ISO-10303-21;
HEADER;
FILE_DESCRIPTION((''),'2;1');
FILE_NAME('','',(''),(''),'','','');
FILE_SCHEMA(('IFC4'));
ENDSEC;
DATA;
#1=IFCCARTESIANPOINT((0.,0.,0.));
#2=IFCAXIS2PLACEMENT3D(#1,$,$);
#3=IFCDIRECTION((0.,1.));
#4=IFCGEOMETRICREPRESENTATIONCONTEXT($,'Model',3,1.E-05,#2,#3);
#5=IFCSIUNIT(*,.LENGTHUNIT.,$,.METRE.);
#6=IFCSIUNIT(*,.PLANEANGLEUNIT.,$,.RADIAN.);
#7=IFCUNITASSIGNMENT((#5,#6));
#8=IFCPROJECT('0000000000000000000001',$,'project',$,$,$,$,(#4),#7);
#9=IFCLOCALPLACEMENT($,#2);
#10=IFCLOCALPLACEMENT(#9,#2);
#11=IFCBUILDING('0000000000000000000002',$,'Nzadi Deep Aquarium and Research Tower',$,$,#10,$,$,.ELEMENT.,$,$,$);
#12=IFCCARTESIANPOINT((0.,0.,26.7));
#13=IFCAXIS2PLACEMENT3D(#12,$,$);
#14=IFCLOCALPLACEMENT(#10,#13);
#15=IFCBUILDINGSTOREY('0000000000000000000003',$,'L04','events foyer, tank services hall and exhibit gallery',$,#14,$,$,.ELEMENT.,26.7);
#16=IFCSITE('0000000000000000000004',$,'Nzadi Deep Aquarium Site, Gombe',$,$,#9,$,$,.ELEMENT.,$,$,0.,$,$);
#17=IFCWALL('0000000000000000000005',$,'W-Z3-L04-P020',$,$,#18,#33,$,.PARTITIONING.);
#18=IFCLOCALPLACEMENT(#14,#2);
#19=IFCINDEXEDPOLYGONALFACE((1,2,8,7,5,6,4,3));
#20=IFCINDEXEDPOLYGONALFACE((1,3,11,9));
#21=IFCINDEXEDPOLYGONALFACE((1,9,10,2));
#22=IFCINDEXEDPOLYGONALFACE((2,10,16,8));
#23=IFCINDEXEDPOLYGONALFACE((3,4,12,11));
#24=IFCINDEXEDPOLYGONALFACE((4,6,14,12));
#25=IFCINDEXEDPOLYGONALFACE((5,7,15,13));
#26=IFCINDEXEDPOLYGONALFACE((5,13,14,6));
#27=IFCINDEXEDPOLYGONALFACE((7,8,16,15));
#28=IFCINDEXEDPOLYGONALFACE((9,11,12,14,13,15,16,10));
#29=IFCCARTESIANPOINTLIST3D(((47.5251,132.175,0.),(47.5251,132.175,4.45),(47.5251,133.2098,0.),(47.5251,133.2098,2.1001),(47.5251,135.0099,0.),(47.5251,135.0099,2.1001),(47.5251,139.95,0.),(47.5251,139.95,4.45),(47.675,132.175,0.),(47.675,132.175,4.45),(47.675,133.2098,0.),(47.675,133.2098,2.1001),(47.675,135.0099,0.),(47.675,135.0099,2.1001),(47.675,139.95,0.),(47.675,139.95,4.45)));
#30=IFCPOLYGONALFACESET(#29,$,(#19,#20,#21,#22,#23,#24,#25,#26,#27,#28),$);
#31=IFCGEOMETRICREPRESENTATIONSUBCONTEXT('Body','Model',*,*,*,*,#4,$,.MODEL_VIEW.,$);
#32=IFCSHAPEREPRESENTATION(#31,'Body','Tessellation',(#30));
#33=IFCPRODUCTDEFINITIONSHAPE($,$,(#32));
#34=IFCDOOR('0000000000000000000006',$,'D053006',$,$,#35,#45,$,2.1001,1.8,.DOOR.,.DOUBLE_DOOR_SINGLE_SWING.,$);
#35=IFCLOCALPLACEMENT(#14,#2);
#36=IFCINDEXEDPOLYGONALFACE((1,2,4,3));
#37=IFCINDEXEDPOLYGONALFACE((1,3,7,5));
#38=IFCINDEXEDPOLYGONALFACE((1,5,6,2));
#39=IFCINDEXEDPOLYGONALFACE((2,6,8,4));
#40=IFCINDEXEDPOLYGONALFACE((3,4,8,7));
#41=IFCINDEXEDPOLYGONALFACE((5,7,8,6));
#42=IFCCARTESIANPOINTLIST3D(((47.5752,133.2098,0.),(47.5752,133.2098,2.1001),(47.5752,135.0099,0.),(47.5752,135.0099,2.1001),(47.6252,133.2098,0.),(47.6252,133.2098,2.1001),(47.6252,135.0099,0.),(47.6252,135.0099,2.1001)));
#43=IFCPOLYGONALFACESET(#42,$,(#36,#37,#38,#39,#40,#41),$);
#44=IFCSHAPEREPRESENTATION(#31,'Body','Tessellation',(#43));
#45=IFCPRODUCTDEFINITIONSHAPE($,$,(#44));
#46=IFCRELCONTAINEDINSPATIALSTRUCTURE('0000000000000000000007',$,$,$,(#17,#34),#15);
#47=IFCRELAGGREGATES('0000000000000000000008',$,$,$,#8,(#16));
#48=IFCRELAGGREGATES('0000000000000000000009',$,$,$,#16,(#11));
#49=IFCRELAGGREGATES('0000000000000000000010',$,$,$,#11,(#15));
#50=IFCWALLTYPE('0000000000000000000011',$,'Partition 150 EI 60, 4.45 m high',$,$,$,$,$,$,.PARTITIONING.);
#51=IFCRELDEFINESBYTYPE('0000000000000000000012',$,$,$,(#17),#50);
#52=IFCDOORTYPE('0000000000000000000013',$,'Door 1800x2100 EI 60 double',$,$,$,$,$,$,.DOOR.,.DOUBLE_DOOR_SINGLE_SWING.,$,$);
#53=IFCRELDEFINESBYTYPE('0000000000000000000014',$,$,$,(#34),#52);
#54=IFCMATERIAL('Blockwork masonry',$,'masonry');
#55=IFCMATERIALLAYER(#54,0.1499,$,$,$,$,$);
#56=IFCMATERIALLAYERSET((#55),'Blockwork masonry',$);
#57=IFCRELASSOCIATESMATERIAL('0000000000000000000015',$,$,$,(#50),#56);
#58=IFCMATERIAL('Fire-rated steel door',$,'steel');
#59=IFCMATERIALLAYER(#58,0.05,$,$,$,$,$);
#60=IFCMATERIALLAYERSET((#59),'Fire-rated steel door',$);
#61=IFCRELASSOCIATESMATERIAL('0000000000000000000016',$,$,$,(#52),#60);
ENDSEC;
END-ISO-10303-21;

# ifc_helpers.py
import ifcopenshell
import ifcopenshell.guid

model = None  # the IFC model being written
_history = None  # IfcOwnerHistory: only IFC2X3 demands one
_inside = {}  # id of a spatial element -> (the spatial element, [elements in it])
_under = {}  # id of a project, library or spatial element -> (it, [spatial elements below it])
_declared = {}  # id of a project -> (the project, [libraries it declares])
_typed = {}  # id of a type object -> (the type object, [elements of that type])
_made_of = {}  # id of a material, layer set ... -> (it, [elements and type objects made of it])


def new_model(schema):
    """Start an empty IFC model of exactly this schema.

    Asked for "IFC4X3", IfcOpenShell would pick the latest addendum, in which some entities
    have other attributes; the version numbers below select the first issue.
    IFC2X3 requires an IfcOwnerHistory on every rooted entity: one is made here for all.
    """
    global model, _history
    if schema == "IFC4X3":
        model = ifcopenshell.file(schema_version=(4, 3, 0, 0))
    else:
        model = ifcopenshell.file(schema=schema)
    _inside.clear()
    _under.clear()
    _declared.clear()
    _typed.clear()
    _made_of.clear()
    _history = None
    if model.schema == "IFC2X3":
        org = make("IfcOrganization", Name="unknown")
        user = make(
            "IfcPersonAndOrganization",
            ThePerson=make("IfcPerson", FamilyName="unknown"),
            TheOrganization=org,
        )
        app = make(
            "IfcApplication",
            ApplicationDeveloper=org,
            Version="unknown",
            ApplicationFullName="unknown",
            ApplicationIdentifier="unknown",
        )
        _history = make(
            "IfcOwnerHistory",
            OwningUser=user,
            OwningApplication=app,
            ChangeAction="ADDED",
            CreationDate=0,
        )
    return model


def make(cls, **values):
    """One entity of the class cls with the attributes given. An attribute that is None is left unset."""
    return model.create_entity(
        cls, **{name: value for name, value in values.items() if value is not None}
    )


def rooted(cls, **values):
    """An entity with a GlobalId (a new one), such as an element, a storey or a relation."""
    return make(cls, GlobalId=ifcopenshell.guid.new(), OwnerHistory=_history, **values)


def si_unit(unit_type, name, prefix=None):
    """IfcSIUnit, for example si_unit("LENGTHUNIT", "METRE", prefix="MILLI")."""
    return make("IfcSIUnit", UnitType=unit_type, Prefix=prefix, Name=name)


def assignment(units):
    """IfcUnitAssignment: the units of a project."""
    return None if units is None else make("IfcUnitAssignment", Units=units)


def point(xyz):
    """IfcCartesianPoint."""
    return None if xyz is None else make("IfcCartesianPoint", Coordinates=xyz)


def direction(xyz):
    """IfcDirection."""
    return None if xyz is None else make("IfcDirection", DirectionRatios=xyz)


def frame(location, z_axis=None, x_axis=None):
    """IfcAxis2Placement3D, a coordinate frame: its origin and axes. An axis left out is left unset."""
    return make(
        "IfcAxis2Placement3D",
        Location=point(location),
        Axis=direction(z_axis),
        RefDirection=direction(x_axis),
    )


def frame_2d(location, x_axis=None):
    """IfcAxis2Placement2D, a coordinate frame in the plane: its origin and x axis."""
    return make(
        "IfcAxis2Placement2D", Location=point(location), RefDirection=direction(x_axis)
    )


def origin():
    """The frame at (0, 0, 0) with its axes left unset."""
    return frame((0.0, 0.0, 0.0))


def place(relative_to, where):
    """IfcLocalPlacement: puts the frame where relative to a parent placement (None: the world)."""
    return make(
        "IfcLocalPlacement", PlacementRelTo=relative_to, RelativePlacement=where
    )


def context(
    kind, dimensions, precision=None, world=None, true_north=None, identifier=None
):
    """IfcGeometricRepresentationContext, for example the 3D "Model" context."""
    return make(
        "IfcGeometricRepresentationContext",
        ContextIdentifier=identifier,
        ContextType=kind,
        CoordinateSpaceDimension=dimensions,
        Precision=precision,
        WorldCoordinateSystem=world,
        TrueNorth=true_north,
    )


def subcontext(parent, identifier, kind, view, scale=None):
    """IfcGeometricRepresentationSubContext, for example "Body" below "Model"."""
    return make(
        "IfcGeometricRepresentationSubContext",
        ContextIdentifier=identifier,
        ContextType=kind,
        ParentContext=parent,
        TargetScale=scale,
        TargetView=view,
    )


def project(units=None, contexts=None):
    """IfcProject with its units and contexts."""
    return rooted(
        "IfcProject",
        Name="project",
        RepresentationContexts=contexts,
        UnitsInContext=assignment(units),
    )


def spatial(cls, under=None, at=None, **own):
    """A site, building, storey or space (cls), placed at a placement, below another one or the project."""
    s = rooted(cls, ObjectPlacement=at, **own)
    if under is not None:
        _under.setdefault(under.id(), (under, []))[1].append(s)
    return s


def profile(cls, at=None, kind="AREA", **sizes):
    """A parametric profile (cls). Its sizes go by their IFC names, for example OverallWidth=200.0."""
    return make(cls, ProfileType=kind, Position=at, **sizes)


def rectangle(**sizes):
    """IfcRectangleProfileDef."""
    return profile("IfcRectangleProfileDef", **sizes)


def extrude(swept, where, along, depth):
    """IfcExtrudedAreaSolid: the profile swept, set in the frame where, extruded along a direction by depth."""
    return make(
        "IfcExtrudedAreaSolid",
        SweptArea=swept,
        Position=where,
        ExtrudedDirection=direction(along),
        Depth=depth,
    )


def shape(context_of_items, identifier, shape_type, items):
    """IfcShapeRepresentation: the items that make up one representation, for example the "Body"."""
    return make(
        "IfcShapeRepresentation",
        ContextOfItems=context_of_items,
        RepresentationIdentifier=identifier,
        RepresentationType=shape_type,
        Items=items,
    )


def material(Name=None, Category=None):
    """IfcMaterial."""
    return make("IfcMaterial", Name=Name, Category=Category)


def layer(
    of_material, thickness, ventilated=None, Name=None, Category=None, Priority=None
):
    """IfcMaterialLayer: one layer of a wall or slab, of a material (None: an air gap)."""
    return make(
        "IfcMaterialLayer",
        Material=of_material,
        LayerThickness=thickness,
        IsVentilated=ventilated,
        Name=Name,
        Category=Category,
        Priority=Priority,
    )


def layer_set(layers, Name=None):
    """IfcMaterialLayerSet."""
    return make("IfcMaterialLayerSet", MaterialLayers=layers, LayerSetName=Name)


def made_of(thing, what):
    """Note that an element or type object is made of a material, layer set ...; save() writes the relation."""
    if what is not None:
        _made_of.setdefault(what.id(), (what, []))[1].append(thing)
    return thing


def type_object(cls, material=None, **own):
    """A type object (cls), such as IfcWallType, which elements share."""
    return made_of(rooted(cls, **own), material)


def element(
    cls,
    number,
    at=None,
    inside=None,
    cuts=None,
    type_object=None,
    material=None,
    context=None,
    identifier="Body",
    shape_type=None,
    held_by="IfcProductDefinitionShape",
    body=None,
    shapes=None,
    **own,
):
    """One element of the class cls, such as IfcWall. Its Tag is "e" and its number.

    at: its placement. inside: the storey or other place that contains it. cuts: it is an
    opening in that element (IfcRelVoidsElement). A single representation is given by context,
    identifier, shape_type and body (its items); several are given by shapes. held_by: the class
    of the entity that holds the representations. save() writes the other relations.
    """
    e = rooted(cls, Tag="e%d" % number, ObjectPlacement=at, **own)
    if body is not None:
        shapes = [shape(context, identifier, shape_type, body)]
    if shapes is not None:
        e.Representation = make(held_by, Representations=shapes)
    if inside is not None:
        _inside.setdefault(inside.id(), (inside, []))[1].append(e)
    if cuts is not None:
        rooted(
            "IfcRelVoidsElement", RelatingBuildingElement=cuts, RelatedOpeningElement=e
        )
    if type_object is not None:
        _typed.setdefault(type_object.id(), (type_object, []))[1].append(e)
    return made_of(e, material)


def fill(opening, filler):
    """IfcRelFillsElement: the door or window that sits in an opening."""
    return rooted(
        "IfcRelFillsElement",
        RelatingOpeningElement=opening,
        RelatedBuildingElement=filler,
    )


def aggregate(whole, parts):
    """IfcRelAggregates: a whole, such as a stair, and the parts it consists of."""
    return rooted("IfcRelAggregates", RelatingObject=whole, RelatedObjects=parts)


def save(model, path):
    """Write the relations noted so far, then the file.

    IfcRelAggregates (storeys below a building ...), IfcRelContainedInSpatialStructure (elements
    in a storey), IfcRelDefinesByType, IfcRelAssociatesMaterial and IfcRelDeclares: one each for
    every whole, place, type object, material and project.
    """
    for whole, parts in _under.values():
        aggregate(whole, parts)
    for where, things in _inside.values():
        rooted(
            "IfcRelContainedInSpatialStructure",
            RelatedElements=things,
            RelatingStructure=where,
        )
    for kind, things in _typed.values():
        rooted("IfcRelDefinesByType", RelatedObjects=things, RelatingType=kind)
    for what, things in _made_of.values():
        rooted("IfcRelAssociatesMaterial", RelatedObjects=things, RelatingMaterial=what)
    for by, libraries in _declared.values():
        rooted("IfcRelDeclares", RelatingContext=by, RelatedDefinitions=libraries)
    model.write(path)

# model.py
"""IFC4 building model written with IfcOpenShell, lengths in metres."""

from ifc_helpers import new_model, si_unit, direction, frame, frame_2d, origin, place, context, subcontext, project, spatial, rectangle, extrude, material, layer, layer_set, type_object, element, fill, save


model = new_model("IFC4")

# Units and contexts
model_context = context("Model", 3, precision=1e-05, world=origin(), true_north=direction((0.0, 1.0)))
body_context = subcontext(model_context, "Body", "Model", "MODEL_VIEW")
ifc_project = project(units=[si_unit("LENGTHUNIT", "METRE"), si_unit("PLANEANGLEUNIT", "RADIAN")], contexts=[model_context])

# Site, building, storey
site_placement = place(None, origin())
site = spatial("IfcSite", under=ifc_project, at=site_placement, Name="Nzadi Deep Aquarium Site, Gombe", CompositionType="ELEMENT", RefElevation=0.0)
building_placement = place(site_placement, origin())
building = spatial("IfcBuilding", under=site, at=building_placement, Name="Nzadi Deep Aquarium and Research Tower", CompositionType="ELEMENT")
storey_placement = place(building_placement, frame((0.0, 0.0, 26.7)))
storey = spatial("IfcBuildingStorey", under=building, at=storey_placement, Name="L04", Description="events foyer, tank services hall and exhibit gallery", CompositionType="ELEMENT", Elevation=26.7)

# Wall, opening, door
ifc_material_1 = material(Name="Blockwork masonry", Category="masonry")
ifc_layer_1 = layer(ifc_material_1, 0.1499)
ifc_layer_set_1 = layer_set([ifc_layer_1], Name="Blockwork masonry")
wall_type = type_object("IfcWallType", Name="Partition 150 EI 60, 4.45 m high", PredefinedType="PARTITIONING", material=ifc_layer_set_1)
wall_placement = place(storey_placement, frame((47.6001, 132.175, 0.0), z_axis=(0.0, 0.0, 1.0), x_axis=(0.0, 1.0, 0.0)))
wall = element("IfcWall", 1, at=wall_placement, inside=storey, type_object=wall_type, Name="W-Z3-L04-P020", PredefinedType="PARTITIONING", context=body_context, shape_type="SweptSolid", body=[
    extrude(rectangle(XDim=7.7749, YDim=0.1499, at=frame_2d((3.8875, 0.0))), origin(), (0.0, 0.0, 1.0), 4.45),
])
opening_placement = place(wall_placement, frame((1.0349, 0.0, 0.0)))
opening = element("IfcOpeningElement", 2, at=opening_placement, cuts=wall, PredefinedType="OPENING", context=body_context, shape_type="SweptSolid", body=[
    extrude(rectangle(XDim=1.8, YDim=2.1001, at=frame_2d((0.8999, 1.05))), frame((0.0, 0.085, 0.0), z_axis=(0.0, -1.0, 0.0), x_axis=(1.0, 0.0, 0.0)), (0.0, 0.0, 1.0), 0.1699),
])
ifc_material_2 = material(Name="Fire-rated steel door", Category="steel")
ifc_layer_2 = layer(ifc_material_2, 0.05)
ifc_layer_set_2 = layer_set([ifc_layer_2], Name="Fire-rated steel door")
door_type = type_object("IfcDoorType", Name="Door 1800x2100 EI 60 double", OperationType="DOUBLE_DOOR_SINGLE_SWING", PredefinedType="DOOR", material=ifc_layer_set_2)
door_placement = place(opening_placement, origin())
door = element("IfcDoor", 3, at=door_placement, inside=storey, type_object=door_type, Name="D053006", OperationType="DOUBLE_DOOR_SINGLE_SWING", OverallHeight=2.1001, OverallWidth=1.8, PredefinedType="DOOR", context=body_context, shape_type="SweptSolid", body=[
    extrude(rectangle(XDim=1.8, YDim=2.1001, at=frame_2d((0.8999, 1.05))), frame((0.0, 0.0249, 0.0), z_axis=(0.0, -1.0, 0.0), x_axis=(1.0, 0.0, 0.0)), (0.0, 0.0, 1.0), 0.05),
])
fill(opening, door)

save(model, "model.ifc")
